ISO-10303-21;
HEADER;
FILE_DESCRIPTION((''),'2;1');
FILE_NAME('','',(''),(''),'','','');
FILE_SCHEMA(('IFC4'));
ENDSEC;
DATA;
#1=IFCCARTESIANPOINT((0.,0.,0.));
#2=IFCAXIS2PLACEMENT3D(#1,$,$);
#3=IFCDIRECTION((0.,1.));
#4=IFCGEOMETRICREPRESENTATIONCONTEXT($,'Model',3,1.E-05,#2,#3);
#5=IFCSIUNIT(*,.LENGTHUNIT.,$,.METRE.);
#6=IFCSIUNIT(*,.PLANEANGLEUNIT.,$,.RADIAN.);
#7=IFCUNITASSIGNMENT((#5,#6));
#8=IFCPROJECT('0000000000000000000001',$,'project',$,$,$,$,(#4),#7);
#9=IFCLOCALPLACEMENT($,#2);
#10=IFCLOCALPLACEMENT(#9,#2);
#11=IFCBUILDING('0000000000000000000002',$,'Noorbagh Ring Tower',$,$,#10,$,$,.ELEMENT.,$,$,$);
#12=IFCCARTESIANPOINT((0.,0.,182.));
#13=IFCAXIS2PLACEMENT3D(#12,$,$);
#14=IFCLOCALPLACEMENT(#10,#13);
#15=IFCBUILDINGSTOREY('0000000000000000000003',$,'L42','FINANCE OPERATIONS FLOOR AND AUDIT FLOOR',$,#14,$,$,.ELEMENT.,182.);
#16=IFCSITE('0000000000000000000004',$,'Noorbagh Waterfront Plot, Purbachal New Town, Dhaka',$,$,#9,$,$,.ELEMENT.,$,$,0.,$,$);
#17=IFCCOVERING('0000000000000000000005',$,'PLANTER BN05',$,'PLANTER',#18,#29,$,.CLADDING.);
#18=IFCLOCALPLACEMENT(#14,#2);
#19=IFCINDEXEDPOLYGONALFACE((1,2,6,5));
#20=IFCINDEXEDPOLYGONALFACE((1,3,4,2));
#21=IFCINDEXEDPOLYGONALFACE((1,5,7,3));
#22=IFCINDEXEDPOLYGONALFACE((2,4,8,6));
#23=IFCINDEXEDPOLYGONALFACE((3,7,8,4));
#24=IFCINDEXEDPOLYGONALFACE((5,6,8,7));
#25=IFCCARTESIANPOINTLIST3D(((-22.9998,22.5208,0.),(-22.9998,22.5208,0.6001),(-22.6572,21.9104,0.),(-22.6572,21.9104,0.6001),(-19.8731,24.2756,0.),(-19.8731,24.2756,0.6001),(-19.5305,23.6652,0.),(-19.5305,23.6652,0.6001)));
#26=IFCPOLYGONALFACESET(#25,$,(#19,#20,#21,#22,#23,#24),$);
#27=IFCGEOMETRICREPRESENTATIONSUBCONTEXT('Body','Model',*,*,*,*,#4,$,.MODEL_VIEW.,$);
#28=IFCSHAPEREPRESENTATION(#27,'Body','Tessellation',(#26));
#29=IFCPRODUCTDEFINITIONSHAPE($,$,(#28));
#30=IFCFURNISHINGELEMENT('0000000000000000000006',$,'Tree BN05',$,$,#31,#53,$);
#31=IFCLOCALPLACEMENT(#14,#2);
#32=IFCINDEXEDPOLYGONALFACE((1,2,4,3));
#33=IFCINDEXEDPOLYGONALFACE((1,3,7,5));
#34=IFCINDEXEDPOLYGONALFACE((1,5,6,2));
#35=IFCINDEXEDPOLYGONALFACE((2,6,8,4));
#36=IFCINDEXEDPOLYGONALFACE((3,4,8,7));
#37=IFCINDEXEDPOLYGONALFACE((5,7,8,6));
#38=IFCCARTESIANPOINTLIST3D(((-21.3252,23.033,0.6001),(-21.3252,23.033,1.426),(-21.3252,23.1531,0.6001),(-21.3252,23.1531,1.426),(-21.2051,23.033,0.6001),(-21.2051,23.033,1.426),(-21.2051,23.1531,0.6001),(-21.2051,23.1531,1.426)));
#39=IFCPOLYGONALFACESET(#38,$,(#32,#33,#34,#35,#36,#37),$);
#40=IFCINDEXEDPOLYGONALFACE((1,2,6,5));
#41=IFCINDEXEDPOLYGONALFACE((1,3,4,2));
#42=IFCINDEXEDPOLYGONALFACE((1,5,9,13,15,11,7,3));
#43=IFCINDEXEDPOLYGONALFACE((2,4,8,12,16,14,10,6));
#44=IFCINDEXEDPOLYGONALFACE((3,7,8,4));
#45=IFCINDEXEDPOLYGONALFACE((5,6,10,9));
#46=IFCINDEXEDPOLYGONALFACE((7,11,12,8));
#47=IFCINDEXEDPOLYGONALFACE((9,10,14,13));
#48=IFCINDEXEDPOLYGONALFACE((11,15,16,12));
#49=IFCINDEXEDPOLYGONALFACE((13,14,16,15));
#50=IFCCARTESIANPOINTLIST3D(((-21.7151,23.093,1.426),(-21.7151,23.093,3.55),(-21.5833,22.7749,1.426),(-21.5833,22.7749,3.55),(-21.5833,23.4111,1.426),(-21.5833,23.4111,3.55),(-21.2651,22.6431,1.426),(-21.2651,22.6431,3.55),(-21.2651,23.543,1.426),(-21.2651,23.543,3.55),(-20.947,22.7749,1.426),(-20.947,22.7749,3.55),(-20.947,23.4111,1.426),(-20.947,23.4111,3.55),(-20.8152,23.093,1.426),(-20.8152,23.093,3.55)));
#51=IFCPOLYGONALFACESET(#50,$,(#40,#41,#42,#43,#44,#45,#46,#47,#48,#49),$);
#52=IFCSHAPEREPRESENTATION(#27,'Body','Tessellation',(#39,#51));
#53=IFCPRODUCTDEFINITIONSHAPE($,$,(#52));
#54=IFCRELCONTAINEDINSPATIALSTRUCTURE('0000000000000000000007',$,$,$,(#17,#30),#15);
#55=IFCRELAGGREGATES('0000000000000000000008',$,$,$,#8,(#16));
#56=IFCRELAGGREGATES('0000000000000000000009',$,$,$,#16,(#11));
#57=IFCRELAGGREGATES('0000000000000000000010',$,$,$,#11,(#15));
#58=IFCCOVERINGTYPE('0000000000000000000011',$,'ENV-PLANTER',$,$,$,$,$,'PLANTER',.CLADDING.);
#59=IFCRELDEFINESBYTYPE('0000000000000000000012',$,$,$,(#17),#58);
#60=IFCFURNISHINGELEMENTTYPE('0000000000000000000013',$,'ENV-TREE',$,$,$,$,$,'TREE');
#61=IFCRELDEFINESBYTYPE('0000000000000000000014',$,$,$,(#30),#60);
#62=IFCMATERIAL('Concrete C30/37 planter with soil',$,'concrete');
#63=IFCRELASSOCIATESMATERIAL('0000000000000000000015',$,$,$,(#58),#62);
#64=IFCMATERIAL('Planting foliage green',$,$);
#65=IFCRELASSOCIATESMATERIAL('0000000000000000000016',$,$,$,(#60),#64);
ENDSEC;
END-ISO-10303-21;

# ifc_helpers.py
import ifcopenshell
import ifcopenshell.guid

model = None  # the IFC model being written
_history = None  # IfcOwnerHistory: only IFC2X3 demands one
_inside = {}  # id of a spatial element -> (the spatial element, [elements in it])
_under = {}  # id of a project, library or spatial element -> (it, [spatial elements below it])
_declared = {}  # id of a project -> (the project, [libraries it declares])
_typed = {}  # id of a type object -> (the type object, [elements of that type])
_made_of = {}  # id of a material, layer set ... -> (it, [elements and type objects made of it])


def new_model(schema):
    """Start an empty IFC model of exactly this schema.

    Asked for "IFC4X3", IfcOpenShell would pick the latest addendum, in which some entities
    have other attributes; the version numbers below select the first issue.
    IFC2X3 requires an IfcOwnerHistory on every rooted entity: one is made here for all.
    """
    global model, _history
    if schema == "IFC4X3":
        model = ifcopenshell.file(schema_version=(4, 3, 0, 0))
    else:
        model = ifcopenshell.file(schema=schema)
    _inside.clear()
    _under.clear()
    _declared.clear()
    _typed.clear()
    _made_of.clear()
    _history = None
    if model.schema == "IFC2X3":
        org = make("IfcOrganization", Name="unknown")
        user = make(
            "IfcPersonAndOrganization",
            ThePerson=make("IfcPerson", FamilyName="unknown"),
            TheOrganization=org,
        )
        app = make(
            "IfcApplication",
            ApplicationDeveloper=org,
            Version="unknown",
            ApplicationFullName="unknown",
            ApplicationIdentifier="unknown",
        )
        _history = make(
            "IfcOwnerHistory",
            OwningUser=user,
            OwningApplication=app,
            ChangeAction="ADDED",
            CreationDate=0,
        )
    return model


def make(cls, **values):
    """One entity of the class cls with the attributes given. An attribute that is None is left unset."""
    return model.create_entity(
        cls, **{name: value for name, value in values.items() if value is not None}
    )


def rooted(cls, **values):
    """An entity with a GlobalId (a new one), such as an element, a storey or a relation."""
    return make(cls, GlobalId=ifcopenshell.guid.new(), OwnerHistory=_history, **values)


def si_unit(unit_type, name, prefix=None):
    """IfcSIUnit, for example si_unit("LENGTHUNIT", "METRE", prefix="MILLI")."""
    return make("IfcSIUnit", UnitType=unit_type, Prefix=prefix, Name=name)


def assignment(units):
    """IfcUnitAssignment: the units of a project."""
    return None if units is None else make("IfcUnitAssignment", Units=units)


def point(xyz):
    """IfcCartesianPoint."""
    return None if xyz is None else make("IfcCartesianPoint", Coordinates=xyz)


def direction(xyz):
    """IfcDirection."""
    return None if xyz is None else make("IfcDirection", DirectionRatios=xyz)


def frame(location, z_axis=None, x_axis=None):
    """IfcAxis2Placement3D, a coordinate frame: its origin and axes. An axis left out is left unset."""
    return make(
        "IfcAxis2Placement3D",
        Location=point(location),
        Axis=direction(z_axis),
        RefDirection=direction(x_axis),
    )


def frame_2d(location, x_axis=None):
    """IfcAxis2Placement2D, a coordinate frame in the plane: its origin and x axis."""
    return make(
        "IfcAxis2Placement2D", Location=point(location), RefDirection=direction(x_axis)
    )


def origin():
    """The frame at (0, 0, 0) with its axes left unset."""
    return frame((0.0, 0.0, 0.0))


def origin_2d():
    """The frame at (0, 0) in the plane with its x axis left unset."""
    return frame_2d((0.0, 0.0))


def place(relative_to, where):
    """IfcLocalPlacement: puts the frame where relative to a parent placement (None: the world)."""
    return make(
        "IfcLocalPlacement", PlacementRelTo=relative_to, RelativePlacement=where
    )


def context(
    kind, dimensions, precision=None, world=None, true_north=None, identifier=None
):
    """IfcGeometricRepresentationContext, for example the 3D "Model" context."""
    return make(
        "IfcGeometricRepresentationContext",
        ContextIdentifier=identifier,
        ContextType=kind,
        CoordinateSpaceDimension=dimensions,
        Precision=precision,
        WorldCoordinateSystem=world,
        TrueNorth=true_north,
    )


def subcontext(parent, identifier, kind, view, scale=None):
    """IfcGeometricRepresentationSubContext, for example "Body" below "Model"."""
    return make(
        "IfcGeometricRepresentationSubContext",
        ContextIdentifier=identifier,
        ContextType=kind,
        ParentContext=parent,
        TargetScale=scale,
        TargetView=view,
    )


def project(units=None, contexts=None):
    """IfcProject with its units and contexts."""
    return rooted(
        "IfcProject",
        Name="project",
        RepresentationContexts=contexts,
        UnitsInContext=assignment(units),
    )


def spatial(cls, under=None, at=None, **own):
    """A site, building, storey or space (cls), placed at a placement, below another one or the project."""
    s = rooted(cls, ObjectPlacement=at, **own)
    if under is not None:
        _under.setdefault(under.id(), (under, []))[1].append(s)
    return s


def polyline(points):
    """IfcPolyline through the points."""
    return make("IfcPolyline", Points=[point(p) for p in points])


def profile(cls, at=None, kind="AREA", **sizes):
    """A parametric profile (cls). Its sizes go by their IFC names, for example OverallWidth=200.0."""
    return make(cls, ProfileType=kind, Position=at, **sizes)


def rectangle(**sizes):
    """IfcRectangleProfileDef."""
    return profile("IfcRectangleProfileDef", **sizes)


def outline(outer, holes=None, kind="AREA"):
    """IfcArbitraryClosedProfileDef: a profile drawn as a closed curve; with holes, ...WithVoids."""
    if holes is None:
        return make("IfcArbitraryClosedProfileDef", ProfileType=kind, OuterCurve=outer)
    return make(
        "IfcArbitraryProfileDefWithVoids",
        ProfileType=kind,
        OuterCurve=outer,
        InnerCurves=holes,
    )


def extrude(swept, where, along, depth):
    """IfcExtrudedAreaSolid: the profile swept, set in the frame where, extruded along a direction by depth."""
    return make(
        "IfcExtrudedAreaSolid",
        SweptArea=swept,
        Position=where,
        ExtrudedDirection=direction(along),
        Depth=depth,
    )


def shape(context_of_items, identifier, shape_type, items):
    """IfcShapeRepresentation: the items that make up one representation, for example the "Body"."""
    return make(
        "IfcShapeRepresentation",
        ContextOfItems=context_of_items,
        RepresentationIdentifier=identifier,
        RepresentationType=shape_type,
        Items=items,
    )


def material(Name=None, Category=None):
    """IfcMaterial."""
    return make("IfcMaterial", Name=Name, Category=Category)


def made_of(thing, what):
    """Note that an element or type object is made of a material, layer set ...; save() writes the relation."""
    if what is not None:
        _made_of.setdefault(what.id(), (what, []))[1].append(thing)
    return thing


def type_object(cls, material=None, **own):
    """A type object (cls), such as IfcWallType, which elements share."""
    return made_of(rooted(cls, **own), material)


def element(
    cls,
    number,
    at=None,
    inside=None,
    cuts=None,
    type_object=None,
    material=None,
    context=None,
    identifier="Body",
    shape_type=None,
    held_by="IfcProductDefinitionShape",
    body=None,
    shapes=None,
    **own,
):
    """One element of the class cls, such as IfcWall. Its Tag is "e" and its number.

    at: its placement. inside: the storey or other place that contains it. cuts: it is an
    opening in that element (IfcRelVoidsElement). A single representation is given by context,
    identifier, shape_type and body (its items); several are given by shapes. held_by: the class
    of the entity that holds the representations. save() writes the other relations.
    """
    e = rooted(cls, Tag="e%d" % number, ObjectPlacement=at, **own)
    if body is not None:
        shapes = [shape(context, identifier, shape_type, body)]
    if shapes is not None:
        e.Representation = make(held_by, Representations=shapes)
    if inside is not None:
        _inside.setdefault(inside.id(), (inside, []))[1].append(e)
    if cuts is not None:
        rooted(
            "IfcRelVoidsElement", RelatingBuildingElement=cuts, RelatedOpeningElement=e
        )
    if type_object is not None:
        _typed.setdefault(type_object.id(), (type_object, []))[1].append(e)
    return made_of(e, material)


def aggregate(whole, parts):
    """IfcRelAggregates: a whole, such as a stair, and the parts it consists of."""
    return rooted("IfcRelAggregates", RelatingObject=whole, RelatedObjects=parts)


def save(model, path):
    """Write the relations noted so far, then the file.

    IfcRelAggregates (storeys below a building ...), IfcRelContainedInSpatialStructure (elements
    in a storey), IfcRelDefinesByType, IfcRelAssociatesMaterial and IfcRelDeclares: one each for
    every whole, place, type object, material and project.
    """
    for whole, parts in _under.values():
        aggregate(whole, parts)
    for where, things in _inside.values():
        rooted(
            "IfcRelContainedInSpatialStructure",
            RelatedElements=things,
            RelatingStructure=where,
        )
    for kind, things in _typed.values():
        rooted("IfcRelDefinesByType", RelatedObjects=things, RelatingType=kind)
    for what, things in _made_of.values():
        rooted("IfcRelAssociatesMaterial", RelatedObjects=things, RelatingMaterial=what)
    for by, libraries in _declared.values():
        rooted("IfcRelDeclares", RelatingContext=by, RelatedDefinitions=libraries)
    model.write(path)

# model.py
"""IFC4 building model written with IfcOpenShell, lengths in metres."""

from ifc_helpers import new_model, si_unit, direction, frame, origin, origin_2d, place, context, subcontext, project, spatial, polyline, rectangle, outline, extrude, material, type_object, element, save


model = new_model("IFC4")

# Units and contexts
model_context = context("Model", 3, precision=1e-05, world=origin(), true_north=direction((0.0, 1.0)))
body_context = subcontext(model_context, "Body", "Model", "MODEL_VIEW")
ifc_project = project(units=[si_unit("LENGTHUNIT", "METRE"), si_unit("PLANEANGLEUNIT", "RADIAN")], contexts=[model_context])

# Site, building, storey
site_placement = place(None, origin())
site = spatial("IfcSite", under=ifc_project, at=site_placement, Name="Noorbagh Waterfront Plot, Purbachal New Town, Dhaka", CompositionType="ELEMENT", RefElevation=0.0)
building_placement = place(site_placement, origin())
building = spatial("IfcBuilding", under=site, at=building_placement, Name="Noorbagh Ring Tower", CompositionType="ELEMENT")
storey_placement = place(building_placement, frame((0.0, 0.0, 182.0)))
storey = spatial("IfcBuildingStorey", under=building, at=storey_placement, Name="L42", Description="FINANCE OPERATIONS FLOOR AND AUDIT FLOOR", CompositionType="ELEMENT", Elevation=182.0)

# Covering
ifc_material_1 = material(Name="Concrete C30/37 planter with soil", Category="concrete")
covering_type = type_object("IfcCoveringType", Name="ENV-PLANTER", ElementType="PLANTER", PredefinedType="CLADDING", material=ifc_material_1)
covering_placement = place(storey_placement, frame((-21.2651, 23.093, 0.0), z_axis=(0.0, 0.0, 1.0), x_axis=(-0.872045, -0.489426, 0.0)))
element("IfcCovering", 1, at=covering_placement, inside=storey, type_object=covering_type, Name="PLANTER BN05", ObjectType="PLANTER", PredefinedType="CLADDING", context=body_context, shape_type="SweptSolid", body=[
    extrude(rectangle(XDim=3.5854, YDim=0.7, at=origin_2d()), origin(), (0.0, 0.0, 1.0), 0.6001),
])

# Furnishing element
ifc_material_2 = material(Name="Planting foliage green")
furnishing_element_type = type_object("IfcFurnishingElementType", Name="ENV-TREE", ElementType="TREE", material=ifc_material_2)
furnishing_placement = place(storey_placement, frame((-21.2651, 23.093, 0.6001), z_axis=(0.0, 0.0, 1.0), x_axis=(1.0, 0.0, 0.0)))
element("IfcFurnishingElement", 2, at=furnishing_placement, inside=storey, type_object=furnishing_element_type, Name="Tree BN05", context=body_context, shape_type="SweptSolid", body=[
    extrude(rectangle(XDim=0.1201, YDim=0.1201, at=origin_2d()), origin(), (0.0, 0.0, 1.0), 0.8259),
    extrude(outline(polyline([(0.45, 0.0), (0.3181, 0.3181), (0.0, 0.45), (-0.3181, 0.3181), (-0.45, 0.0), (-0.3181, -0.3181), (0.0, -0.45), (0.3181, -0.3181), (0.45, 0.0)])), frame((0.0, 0.0, 0.8259)), (0.0, 0.0, 1.0), 2.124),
])

save(model, "model.ifc")
